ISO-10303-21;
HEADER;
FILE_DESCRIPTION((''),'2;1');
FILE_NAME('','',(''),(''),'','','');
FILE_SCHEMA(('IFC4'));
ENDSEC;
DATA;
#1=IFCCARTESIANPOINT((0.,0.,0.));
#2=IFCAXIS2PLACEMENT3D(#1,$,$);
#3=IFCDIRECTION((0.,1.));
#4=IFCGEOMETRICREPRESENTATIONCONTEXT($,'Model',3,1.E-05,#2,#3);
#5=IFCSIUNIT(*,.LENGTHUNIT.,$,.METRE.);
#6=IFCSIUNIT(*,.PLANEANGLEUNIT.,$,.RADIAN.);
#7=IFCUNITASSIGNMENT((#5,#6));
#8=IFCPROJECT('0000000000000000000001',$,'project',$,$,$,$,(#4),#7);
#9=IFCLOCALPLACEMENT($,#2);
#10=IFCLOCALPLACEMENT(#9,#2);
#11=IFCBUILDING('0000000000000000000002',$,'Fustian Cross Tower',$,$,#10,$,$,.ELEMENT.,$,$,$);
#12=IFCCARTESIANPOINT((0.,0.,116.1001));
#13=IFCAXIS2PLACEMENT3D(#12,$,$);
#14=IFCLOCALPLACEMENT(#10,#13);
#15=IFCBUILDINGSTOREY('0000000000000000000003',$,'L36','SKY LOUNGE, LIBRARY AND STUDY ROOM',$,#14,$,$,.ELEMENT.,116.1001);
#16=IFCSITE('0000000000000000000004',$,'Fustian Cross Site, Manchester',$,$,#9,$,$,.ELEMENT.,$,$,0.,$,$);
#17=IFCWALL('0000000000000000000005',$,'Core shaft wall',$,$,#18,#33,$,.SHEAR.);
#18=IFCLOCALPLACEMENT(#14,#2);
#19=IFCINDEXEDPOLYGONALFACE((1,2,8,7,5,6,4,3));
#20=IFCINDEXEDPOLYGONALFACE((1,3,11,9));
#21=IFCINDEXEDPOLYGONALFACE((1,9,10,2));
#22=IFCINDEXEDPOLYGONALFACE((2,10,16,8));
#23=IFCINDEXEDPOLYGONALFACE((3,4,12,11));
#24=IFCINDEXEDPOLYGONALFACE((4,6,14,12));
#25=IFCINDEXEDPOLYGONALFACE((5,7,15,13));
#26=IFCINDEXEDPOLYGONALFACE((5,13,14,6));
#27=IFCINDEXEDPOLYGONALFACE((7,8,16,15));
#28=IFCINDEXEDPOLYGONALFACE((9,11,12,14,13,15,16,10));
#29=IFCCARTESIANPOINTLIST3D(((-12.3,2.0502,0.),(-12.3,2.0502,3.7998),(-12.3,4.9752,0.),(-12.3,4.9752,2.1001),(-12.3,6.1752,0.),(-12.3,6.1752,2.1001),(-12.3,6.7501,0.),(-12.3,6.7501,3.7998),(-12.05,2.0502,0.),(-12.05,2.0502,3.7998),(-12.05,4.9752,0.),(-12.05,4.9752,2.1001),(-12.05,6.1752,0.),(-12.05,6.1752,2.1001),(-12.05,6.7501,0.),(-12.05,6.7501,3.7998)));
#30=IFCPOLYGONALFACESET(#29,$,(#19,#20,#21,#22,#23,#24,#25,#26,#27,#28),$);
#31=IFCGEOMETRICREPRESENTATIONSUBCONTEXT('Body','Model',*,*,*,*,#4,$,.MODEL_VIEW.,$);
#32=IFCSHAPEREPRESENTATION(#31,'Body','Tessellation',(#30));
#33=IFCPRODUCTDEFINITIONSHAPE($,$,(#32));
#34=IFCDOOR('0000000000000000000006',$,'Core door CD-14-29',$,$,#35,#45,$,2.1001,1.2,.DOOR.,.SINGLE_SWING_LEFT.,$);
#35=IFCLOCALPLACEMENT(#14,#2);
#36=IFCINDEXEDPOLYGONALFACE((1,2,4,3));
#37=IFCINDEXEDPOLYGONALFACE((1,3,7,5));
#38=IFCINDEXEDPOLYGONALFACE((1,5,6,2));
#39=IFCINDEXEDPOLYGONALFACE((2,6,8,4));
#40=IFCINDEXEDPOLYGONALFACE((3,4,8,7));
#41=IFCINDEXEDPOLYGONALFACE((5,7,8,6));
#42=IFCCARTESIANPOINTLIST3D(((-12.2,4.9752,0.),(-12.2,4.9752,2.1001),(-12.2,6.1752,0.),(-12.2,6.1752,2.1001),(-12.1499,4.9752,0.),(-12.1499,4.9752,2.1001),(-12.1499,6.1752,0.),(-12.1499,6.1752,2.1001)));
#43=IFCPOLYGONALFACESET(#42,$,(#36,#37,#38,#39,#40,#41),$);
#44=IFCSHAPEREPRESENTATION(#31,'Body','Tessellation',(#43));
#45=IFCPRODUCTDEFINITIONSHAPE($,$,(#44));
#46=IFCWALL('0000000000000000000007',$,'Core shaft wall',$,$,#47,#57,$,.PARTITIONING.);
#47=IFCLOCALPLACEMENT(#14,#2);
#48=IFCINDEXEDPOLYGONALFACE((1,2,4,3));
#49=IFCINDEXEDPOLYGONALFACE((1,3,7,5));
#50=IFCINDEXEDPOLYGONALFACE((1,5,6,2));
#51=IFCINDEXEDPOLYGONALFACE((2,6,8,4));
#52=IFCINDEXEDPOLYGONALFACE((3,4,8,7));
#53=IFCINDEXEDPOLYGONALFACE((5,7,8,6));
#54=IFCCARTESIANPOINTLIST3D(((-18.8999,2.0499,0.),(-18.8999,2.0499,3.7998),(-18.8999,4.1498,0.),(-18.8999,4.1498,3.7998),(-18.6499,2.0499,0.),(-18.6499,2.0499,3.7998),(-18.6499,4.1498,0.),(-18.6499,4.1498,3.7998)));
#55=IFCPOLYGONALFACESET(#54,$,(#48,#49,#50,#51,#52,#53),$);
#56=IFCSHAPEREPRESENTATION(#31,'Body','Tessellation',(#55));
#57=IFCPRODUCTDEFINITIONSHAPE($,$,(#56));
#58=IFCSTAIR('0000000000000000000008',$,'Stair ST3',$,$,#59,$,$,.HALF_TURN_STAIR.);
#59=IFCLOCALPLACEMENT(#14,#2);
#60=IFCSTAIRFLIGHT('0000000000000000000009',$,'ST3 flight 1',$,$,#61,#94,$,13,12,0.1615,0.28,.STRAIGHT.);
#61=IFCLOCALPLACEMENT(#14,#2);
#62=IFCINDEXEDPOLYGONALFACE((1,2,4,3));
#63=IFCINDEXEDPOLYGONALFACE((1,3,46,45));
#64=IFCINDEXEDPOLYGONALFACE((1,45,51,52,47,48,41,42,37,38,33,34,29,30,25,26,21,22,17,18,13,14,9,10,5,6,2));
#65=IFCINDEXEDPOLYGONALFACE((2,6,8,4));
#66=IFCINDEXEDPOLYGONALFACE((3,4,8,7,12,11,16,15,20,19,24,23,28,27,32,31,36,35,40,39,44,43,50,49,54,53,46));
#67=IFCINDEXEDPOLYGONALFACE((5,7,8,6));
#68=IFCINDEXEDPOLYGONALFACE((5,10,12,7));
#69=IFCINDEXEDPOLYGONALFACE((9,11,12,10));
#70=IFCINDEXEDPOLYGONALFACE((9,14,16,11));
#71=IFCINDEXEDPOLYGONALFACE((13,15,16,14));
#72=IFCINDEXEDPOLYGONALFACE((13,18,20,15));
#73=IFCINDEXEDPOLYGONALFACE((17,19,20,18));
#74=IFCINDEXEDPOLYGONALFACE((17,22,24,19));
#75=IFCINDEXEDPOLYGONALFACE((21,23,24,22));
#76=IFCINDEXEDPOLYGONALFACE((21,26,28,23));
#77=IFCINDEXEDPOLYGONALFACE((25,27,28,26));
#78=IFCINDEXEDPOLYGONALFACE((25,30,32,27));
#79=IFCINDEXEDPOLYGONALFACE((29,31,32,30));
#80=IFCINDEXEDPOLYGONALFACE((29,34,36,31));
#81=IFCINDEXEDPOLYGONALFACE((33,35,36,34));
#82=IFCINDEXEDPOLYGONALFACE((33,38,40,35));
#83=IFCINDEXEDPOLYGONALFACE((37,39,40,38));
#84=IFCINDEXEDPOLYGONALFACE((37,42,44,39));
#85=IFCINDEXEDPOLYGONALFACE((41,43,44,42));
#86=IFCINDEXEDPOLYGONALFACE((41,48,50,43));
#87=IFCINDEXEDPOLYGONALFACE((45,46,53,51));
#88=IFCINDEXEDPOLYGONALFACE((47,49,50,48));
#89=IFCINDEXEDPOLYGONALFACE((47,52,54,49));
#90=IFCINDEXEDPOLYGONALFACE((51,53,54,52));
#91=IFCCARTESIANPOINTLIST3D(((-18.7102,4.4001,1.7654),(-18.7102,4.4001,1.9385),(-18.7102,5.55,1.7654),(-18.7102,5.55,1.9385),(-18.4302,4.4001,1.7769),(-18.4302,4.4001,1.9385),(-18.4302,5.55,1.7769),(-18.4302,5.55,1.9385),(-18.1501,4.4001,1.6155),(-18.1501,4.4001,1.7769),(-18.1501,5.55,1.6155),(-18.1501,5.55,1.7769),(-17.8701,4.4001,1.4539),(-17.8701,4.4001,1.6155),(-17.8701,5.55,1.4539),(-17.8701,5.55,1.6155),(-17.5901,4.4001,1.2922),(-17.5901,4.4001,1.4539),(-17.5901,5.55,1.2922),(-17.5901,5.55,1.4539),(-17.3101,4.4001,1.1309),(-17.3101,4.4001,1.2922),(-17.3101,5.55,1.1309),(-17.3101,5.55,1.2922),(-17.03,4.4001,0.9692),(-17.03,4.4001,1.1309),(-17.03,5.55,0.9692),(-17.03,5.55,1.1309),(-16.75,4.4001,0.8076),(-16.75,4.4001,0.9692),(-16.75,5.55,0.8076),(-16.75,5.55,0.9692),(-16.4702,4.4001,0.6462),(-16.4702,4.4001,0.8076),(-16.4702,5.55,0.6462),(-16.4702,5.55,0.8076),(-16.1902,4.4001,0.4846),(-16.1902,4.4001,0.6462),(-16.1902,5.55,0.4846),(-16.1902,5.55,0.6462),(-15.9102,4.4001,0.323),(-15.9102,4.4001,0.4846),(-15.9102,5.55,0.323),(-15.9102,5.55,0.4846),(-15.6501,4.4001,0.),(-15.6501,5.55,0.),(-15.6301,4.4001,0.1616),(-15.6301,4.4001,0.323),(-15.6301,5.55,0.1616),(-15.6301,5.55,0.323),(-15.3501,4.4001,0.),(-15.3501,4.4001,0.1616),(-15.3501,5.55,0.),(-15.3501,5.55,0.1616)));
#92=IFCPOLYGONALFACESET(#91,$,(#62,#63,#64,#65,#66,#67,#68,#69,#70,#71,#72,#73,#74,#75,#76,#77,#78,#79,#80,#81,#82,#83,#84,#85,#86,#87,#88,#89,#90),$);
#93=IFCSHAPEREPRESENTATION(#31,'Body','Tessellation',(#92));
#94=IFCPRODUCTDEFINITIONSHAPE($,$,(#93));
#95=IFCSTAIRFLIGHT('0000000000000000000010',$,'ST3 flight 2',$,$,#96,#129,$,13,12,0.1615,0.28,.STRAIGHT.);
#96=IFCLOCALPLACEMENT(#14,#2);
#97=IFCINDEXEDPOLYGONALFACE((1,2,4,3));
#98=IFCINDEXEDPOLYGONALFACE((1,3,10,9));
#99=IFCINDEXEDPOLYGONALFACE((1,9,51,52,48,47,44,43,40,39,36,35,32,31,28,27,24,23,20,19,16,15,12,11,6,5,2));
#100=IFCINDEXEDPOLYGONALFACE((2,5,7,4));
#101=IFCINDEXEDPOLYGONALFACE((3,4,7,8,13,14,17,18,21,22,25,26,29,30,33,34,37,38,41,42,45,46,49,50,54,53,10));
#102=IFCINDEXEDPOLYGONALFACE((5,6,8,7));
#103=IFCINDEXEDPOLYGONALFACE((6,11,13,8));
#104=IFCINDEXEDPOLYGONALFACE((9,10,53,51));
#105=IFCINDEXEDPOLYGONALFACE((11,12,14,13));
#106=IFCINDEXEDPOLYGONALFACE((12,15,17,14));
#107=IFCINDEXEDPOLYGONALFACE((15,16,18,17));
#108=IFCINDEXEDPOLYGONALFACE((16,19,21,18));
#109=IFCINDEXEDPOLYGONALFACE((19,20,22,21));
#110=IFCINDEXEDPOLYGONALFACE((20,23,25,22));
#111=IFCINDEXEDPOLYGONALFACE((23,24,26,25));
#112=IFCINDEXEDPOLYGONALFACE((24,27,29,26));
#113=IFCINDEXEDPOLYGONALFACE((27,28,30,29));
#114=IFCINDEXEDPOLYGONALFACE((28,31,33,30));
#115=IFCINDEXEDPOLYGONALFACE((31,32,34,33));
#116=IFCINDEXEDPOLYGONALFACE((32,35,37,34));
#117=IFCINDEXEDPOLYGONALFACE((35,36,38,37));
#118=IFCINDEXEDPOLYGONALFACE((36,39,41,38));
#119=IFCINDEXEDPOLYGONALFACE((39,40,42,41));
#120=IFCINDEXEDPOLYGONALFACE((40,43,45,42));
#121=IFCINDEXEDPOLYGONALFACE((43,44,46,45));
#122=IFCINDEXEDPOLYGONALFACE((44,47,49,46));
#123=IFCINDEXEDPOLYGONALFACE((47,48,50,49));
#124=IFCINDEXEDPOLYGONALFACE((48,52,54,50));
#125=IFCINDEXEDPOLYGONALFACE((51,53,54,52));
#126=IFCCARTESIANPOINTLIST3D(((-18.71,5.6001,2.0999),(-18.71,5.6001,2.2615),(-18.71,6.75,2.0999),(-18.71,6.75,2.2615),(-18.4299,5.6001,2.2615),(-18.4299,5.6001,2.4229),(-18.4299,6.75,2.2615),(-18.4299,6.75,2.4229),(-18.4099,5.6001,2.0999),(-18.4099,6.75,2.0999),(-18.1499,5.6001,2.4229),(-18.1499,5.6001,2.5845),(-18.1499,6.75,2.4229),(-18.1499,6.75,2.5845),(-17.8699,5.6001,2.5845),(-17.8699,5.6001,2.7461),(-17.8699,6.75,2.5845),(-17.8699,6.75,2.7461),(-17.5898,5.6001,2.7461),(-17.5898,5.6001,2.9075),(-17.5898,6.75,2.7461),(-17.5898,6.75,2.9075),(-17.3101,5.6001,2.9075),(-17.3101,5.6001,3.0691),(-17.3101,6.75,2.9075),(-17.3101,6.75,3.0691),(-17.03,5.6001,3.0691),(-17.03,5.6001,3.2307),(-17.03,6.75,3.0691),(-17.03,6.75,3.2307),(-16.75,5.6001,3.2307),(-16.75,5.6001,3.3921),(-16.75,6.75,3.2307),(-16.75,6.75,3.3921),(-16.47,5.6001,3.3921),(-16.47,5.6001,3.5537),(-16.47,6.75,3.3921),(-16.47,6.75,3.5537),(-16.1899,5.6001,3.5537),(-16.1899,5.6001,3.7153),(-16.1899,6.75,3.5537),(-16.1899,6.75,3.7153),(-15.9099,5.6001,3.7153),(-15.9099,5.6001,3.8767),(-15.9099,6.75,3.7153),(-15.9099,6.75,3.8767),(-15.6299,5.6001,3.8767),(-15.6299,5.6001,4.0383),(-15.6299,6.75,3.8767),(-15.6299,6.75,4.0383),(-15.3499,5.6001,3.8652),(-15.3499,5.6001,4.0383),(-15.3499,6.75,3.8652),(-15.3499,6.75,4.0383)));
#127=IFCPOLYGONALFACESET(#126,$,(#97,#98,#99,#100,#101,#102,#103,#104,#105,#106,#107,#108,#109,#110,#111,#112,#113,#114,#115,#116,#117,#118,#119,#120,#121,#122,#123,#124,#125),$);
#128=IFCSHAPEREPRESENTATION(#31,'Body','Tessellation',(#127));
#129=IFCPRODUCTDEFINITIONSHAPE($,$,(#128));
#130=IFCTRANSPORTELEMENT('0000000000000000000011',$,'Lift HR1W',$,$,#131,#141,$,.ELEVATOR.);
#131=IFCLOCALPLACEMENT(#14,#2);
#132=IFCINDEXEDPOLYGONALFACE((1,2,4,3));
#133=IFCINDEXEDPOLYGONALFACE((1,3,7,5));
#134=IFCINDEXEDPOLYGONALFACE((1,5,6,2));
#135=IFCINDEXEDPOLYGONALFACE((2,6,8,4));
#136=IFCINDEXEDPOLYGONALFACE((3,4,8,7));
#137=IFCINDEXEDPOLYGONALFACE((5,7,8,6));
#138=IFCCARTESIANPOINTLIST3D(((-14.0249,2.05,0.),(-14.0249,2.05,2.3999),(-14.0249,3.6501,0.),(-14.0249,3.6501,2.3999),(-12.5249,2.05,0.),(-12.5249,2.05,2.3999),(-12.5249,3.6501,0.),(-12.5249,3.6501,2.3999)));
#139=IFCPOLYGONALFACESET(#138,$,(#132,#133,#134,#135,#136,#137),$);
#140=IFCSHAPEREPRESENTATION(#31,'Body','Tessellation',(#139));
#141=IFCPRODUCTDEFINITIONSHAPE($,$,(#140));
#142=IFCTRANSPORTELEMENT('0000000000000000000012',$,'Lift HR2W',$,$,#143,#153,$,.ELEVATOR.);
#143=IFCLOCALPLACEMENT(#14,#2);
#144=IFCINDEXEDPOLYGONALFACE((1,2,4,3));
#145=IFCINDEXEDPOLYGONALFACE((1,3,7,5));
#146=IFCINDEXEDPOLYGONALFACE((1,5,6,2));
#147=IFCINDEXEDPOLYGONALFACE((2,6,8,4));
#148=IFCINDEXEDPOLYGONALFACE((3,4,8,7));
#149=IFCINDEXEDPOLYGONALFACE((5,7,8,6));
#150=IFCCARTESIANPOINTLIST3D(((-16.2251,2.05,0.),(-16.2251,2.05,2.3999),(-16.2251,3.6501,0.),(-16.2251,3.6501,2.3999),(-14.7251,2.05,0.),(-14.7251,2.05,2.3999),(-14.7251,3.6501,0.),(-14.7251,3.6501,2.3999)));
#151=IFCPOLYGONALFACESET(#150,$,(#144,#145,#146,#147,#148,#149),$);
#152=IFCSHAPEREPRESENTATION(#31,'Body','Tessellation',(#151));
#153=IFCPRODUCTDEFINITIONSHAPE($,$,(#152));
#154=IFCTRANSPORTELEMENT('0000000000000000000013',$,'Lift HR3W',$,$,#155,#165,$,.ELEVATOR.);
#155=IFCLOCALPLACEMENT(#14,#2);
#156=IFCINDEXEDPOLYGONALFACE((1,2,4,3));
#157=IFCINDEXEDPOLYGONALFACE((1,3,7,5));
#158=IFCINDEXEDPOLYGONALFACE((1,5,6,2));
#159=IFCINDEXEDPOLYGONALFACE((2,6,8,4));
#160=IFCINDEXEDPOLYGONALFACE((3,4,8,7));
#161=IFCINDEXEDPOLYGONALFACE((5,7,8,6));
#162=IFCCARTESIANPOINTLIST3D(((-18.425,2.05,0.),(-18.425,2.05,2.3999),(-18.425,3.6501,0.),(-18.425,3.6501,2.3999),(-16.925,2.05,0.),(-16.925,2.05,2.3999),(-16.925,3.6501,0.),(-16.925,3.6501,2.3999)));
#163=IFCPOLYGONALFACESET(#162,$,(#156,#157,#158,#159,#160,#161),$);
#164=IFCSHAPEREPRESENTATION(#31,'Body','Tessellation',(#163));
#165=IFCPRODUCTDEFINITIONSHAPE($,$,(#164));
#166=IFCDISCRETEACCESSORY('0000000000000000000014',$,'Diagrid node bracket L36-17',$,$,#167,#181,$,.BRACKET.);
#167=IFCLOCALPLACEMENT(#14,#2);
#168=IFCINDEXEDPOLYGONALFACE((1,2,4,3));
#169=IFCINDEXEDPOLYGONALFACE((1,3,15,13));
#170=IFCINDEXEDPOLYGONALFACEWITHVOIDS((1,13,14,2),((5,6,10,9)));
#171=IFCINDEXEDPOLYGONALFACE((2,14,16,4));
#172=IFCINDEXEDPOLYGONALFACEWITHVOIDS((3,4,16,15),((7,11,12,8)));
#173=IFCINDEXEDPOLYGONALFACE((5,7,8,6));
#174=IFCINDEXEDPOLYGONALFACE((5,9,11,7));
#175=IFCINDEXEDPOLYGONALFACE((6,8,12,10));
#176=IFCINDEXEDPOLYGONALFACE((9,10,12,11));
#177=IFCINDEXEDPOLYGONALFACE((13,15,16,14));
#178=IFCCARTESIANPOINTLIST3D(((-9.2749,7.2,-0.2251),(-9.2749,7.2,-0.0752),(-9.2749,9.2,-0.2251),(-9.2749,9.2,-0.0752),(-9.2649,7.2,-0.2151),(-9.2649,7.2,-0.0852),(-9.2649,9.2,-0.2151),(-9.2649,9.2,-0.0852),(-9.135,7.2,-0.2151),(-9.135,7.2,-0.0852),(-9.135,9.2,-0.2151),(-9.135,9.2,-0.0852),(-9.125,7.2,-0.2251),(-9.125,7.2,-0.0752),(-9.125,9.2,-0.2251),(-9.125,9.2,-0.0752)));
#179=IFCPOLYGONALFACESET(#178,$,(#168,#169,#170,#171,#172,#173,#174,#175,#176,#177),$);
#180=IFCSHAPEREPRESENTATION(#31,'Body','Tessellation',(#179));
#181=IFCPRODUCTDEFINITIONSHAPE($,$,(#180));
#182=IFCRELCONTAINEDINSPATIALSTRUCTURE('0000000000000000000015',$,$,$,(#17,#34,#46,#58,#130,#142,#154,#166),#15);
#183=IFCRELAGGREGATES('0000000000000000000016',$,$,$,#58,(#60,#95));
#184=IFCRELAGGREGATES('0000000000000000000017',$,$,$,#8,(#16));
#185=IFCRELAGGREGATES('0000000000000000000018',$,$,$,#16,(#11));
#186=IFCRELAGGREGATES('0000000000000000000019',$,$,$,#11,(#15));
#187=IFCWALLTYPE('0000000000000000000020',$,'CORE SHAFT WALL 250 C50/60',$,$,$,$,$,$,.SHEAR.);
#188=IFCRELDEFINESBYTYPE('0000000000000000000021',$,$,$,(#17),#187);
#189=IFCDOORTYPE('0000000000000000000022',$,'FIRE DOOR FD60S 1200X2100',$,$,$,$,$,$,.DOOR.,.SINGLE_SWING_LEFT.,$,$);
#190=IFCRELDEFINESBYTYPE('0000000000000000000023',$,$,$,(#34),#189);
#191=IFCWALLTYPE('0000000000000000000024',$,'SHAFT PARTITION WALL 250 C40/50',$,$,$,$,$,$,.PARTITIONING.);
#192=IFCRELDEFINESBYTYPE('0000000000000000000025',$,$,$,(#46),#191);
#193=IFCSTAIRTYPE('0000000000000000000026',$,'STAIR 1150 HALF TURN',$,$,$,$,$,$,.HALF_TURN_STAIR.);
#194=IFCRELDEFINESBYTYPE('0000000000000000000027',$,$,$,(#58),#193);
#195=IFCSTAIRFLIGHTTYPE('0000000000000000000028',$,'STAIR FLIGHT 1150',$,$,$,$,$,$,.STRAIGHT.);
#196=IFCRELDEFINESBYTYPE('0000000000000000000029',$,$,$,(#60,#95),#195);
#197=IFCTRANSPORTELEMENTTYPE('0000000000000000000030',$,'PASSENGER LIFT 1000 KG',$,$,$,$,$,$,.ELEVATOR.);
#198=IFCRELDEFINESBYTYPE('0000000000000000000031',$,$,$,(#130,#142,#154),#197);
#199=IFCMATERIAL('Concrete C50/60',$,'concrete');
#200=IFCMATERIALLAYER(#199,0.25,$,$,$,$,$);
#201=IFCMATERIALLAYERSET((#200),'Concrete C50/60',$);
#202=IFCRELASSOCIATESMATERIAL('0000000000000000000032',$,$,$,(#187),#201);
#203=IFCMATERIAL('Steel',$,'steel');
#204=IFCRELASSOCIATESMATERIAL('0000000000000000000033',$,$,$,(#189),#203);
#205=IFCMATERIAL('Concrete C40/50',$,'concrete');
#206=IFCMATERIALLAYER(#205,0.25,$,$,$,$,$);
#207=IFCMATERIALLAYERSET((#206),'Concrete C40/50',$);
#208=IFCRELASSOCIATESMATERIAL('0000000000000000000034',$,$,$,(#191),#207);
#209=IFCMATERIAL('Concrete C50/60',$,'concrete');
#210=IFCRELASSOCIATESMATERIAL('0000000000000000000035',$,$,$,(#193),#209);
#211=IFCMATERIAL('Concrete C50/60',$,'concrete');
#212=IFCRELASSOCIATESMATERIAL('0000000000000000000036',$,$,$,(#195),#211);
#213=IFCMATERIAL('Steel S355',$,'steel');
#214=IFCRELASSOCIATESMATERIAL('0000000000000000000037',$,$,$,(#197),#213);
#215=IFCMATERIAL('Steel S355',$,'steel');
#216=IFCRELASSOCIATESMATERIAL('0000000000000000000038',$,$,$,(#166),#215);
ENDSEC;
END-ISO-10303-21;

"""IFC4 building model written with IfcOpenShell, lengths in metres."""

from ifc_helpers import new_model, si_unit, direction, frame, frame_2d, origin, origin_2d, place, context, subcontext, project, spatial, polyline, rectangle, hollow_rectangle, outline, extrude, material, layer, layer_set, type_object, element, fill, aggregate, save


model = new_model("IFC4")

# Units and contexts
model_context = context("Model", 3, precision=1e-05, world=origin(), true_north=direction((0.0, 1.0)))
body_context = subcontext(model_context, "Body", "Model", "MODEL_VIEW")
ifc_project = project(units=[si_unit("LENGTHUNIT", "METRE"), si_unit("PLANEANGLEUNIT", "RADIAN")], contexts=[model_context])

# Site, building, storey
site_placement = place(None, origin())
site = spatial("IfcSite", under=ifc_project, at=site_placement, Name="Fustian Cross Site, Manchester", CompositionType="ELEMENT", RefElevation=0.0)
building_placement = place(site_placement, origin())
building = spatial("IfcBuilding", under=site, at=building_placement, Name="Fustian Cross Tower", CompositionType="ELEMENT")
storey_placement = place(building_placement, frame((0.0, 0.0, 116.1001)))
storey = spatial("IfcBuildingStorey", under=building, at=storey_placement, Name="L36", Description="SKY LOUNGE, LIBRARY AND STUDY ROOM", CompositionType="ELEMENT", Elevation=116.1001)

# Shared definitions
ifc_material_1 = material(Name="Concrete C50/60", Category="concrete")
ifc_layer_1 = layer(ifc_material_1, 0.25)
ifc_layer_set_1 = layer_set([ifc_layer_1], Name="Concrete C50/60")
wall_type_1 = type_object("IfcWallType", Name="CORE SHAFT WALL 250 C50/60", PredefinedType="SHEAR", material=ifc_layer_set_1)

# Wall, opening, door
wall_1_placement = place(storey_placement, frame((-12.175, 2.05, 0.0), z_axis=(0.0, 0.0, 1.0), x_axis=(0.0, 1.0, 0.0)))
wall_1 = element("IfcWall", 1, at=wall_1_placement, inside=storey, type_object=wall_type_1, Name="Core shaft wall", PredefinedType="SHEAR", context=body_context, shape_type="SweptSolid", body=[
    extrude(rectangle(XDim=4.7, YDim=0.25, at=frame_2d((2.3501, 0.0))), origin(), (0.0, 0.0, 1.0), 3.7998),
])
opening_1_placement = place(wall_1_placement, frame((2.925, 0.0, 0.0)))
opening_1 = element("IfcOpeningElement", 2, at=opening_1_placement, cuts=wall_1, PredefinedType="OPENING", context=body_context, shape_type="SweptSolid", body=[
    extrude(rectangle(XDim=1.2, YDim=2.1001, at=frame_2d((0.6001, 1.05))), frame((0.0, 0.135, 0.0), z_axis=(0.0, -1.0, 0.0), x_axis=(1.0, 0.0, 0.0)), (0.0, 0.0, 1.0), 0.27),
])
ifc_material_2 = material(Name="Steel", Category="steel")
door_type_1 = type_object("IfcDoorType", Name="FIRE DOOR FD60S 1200X2100", OperationType="SINGLE_SWING_LEFT", PredefinedType="DOOR", material=ifc_material_2)
door_1_placement = place(opening_1_placement, origin())
door_1 = element("IfcDoor", 3, at=door_1_placement, inside=storey, type_object=door_type_1, Name="Core door CD-14-29", OperationType="SINGLE_SWING_LEFT", OverallHeight=2.1001, OverallWidth=1.2, PredefinedType="DOOR", context=body_context, shape_type="SweptSolid", body=[
    extrude(rectangle(XDim=1.2, YDim=2.1001, at=frame_2d((0.6001, 1.05))), frame((0.0, 0.0249, 0.0), z_axis=(0.0, -1.0, 0.0), x_axis=(1.0, 0.0, 0.0)), (0.0, 0.0, 1.0), 0.05),
])
fill(opening_1, door_1)

# Wall
ifc_material_3 = material(Name="Concrete C40/50", Category="concrete")
ifc_layer_2 = layer(ifc_material_3, 0.25)
ifc_layer_set_2 = layer_set([ifc_layer_2], Name="Concrete C40/50")
wall_type_2 = type_object("IfcWallType", Name="SHAFT PARTITION WALL 250 C40/50", PredefinedType="PARTITIONING", material=ifc_layer_set_2)
wall_2_placement = place(storey_placement, frame((-18.7749, 2.05, 0.0), z_axis=(0.0, 0.0, 1.0), x_axis=(0.0, 1.0, 0.0)))
element("IfcWall", 4, at=wall_2_placement, inside=storey, type_object=wall_type_2, Name="Core shaft wall", PredefinedType="PARTITIONING", context=body_context, shape_type="SweptSolid", body=[
    extrude(rectangle(XDim=2.0999, YDim=0.25, at=frame_2d((1.0498, 0.0))), origin(), (0.0, 0.0, 1.0), 3.7998),
])

# Stair, stair flights
ifc_material_4 = material(Name="Concrete C50/60", Category="concrete")
stair_type = type_object("IfcStairType", Name="STAIR 1150 HALF TURN", PredefinedType="HALF_TURN_STAIR", material=ifc_material_4)
stair_placement = place(storey_placement, origin())
stair = element("IfcStair", 5, at=stair_placement, inside=storey, type_object=stair_type, Name="Stair ST3", PredefinedType="HALF_TURN_STAIR")
ifc_material_5 = material(Name="Concrete C50/60", Category="concrete")
stair_flight_type = type_object("IfcStairFlightType", Name="STAIR FLIGHT 1150", PredefinedType="STRAIGHT", material=ifc_material_5)
stair_flight_1_placement = place(storey_placement, frame((-15.3501, 4.9751, 0.0), z_axis=(0.0, 0.0, 1.0), x_axis=(-1.0, 0.0, 0.0)))
stair_flight_1 = element("IfcStairFlight", 6, at=stair_flight_1_placement, type_object=stair_flight_type, Name="ST3 flight 1", NumberOfRisers=13, NumberOfTreads=12, PredefinedType="STRAIGHT", RiserHeight=0.1615, TreadLength=0.28, context=body_context, shape_type="SweptSolid", body=[
    extrude(outline(polyline([(0.0, 0.0), (0.0, 0.1616), (0.28, 0.1616), (0.28, 0.323), (0.5601, 0.323), (0.5601, 0.4846), (0.8401, 0.4846), (0.8401, 0.6462), (1.1201, 0.6462), (1.1201, 0.8076), (1.3999, 0.8076), (1.3999, 0.9692), (1.6799, 0.9692), (1.6799, 1.1309), (1.96, 1.1309), (1.96, 1.2922), (2.24, 1.2922), (2.24, 1.4539), (2.52, 1.4539), (2.52, 1.6155), (2.8, 1.6155), (2.8, 1.7769), (3.0801, 1.7769), (3.0801, 1.9385), (3.3601, 1.9385), (3.3601, 2.1001), (3.3601, 1.7654), (0.3, 0.0), (0.0, 0.0)])), frame((0.0, 0.575, 0.0), z_axis=(0.0, -1.0, 0.0), x_axis=(1.0, 0.0, 0.0)), (0.0, 0.0, 1.0), 1.1499),
])
stair_flight_2_placement = place(storey_placement, frame((-18.71, 6.175, 2.0999), z_axis=(0.0, 0.0, 1.0), x_axis=(1.0, 0.0, 0.0)))
stair_flight_2 = element("IfcStairFlight", 7, at=stair_flight_2_placement, type_object=stair_flight_type, Name="ST3 flight 2", NumberOfRisers=13, NumberOfTreads=12, PredefinedType="STRAIGHT", RiserHeight=0.1615, TreadLength=0.28, context=body_context, shape_type="SweptSolid", body=[
    extrude(outline(polyline([(0.0, 0.0), (0.0, 0.1616), (0.28, 0.1616), (0.28, 0.323), (0.5601, 0.323), (0.5601, 0.4846), (0.8401, 0.4846), (0.8401, 0.6462), (1.1201, 0.6462), (1.1201, 0.8076), (1.3999, 0.8076), (1.3999, 0.9692), (1.6799, 0.9692), (1.6799, 1.1309), (1.96, 1.1309), (1.96, 1.2922), (2.24, 1.2922), (2.24, 1.4539), (2.52, 1.4539), (2.52, 1.6155), (2.8, 1.6155), (2.8, 1.7769), (3.0801, 1.7769), (3.0801, 1.9385), (3.3601, 1.9385), (3.3601, 2.1001), (3.3601, 1.7654), (0.3, 0.0), (0.0, 0.0)])), frame((0.0, 0.575, 0.0), z_axis=(0.0, -1.0, 0.0), x_axis=(1.0, 0.0, 0.0)), (0.0, 0.0, 1.0), 1.1499),
])
aggregate(stair, [stair_flight_1, stair_flight_2])

# Transport elements
ifc_material_6 = material(Name="Steel S355", Category="steel")
transport_element_type = type_object("IfcTransportElementType", Name="PASSENGER LIFT 1000 KG", PredefinedType="ELEVATOR", material=ifc_material_6)
for number, where, z_axis, x_axis, name in (
    (8, (-13.2749, 2.8501, 0.0), (0.0, 0.0, 1.0), (1.0, 0.0, 0.0), "Lift HR1W"),
    (9, (-15.4751, 2.8501, 0.0), (0.0, 0.0, 1.0), (1.0, 0.0, 0.0), "Lift HR2W"),
    (10, (-17.675, 2.8501, 0.0), (0.0, 0.0, 1.0), (1.0, 0.0, 0.0), "Lift HR3W"),
):
    element("IfcTransportElement", number, at=place(storey_placement, frame(where, z_axis=z_axis, x_axis=x_axis)), inside=storey, type_object=transport_element_type, Name=name, PredefinedType="ELEVATOR", context=body_context, shape_type="SweptSolid", body=[
        extrude(rectangle(XDim=1.5, YDim=1.6001, at=origin_2d()), origin(), (0.0, 0.0, 1.0), 2.3999),
    ])

# Discrete accessory
ifc_material_7 = material(Name="Steel S355", Category="steel")
for number, where, z_axis, x_axis, name in (
    (11, (-9.2, 9.2, -0.1501), (0.0, -1.0, 0.0), (1.0, 0.0, 0.0), "Diagrid node bracket L36-17"),
):
    element("IfcDiscreteAccessory", number, at=place(storey_placement, frame(where, z_axis=z_axis, x_axis=x_axis)), inside=storey, material=ifc_material_7, Name=name, PredefinedType="BRACKET", context=body_context, shape_type="SweptSolid", body=[
        extrude(hollow_rectangle(XDim=0.1499, YDim=0.1499, WallThickness=0.01, at=origin_2d()), origin(), (0.0, 0.0, 1.0), 2.0),
    ])

save(model, "model.ifc")
